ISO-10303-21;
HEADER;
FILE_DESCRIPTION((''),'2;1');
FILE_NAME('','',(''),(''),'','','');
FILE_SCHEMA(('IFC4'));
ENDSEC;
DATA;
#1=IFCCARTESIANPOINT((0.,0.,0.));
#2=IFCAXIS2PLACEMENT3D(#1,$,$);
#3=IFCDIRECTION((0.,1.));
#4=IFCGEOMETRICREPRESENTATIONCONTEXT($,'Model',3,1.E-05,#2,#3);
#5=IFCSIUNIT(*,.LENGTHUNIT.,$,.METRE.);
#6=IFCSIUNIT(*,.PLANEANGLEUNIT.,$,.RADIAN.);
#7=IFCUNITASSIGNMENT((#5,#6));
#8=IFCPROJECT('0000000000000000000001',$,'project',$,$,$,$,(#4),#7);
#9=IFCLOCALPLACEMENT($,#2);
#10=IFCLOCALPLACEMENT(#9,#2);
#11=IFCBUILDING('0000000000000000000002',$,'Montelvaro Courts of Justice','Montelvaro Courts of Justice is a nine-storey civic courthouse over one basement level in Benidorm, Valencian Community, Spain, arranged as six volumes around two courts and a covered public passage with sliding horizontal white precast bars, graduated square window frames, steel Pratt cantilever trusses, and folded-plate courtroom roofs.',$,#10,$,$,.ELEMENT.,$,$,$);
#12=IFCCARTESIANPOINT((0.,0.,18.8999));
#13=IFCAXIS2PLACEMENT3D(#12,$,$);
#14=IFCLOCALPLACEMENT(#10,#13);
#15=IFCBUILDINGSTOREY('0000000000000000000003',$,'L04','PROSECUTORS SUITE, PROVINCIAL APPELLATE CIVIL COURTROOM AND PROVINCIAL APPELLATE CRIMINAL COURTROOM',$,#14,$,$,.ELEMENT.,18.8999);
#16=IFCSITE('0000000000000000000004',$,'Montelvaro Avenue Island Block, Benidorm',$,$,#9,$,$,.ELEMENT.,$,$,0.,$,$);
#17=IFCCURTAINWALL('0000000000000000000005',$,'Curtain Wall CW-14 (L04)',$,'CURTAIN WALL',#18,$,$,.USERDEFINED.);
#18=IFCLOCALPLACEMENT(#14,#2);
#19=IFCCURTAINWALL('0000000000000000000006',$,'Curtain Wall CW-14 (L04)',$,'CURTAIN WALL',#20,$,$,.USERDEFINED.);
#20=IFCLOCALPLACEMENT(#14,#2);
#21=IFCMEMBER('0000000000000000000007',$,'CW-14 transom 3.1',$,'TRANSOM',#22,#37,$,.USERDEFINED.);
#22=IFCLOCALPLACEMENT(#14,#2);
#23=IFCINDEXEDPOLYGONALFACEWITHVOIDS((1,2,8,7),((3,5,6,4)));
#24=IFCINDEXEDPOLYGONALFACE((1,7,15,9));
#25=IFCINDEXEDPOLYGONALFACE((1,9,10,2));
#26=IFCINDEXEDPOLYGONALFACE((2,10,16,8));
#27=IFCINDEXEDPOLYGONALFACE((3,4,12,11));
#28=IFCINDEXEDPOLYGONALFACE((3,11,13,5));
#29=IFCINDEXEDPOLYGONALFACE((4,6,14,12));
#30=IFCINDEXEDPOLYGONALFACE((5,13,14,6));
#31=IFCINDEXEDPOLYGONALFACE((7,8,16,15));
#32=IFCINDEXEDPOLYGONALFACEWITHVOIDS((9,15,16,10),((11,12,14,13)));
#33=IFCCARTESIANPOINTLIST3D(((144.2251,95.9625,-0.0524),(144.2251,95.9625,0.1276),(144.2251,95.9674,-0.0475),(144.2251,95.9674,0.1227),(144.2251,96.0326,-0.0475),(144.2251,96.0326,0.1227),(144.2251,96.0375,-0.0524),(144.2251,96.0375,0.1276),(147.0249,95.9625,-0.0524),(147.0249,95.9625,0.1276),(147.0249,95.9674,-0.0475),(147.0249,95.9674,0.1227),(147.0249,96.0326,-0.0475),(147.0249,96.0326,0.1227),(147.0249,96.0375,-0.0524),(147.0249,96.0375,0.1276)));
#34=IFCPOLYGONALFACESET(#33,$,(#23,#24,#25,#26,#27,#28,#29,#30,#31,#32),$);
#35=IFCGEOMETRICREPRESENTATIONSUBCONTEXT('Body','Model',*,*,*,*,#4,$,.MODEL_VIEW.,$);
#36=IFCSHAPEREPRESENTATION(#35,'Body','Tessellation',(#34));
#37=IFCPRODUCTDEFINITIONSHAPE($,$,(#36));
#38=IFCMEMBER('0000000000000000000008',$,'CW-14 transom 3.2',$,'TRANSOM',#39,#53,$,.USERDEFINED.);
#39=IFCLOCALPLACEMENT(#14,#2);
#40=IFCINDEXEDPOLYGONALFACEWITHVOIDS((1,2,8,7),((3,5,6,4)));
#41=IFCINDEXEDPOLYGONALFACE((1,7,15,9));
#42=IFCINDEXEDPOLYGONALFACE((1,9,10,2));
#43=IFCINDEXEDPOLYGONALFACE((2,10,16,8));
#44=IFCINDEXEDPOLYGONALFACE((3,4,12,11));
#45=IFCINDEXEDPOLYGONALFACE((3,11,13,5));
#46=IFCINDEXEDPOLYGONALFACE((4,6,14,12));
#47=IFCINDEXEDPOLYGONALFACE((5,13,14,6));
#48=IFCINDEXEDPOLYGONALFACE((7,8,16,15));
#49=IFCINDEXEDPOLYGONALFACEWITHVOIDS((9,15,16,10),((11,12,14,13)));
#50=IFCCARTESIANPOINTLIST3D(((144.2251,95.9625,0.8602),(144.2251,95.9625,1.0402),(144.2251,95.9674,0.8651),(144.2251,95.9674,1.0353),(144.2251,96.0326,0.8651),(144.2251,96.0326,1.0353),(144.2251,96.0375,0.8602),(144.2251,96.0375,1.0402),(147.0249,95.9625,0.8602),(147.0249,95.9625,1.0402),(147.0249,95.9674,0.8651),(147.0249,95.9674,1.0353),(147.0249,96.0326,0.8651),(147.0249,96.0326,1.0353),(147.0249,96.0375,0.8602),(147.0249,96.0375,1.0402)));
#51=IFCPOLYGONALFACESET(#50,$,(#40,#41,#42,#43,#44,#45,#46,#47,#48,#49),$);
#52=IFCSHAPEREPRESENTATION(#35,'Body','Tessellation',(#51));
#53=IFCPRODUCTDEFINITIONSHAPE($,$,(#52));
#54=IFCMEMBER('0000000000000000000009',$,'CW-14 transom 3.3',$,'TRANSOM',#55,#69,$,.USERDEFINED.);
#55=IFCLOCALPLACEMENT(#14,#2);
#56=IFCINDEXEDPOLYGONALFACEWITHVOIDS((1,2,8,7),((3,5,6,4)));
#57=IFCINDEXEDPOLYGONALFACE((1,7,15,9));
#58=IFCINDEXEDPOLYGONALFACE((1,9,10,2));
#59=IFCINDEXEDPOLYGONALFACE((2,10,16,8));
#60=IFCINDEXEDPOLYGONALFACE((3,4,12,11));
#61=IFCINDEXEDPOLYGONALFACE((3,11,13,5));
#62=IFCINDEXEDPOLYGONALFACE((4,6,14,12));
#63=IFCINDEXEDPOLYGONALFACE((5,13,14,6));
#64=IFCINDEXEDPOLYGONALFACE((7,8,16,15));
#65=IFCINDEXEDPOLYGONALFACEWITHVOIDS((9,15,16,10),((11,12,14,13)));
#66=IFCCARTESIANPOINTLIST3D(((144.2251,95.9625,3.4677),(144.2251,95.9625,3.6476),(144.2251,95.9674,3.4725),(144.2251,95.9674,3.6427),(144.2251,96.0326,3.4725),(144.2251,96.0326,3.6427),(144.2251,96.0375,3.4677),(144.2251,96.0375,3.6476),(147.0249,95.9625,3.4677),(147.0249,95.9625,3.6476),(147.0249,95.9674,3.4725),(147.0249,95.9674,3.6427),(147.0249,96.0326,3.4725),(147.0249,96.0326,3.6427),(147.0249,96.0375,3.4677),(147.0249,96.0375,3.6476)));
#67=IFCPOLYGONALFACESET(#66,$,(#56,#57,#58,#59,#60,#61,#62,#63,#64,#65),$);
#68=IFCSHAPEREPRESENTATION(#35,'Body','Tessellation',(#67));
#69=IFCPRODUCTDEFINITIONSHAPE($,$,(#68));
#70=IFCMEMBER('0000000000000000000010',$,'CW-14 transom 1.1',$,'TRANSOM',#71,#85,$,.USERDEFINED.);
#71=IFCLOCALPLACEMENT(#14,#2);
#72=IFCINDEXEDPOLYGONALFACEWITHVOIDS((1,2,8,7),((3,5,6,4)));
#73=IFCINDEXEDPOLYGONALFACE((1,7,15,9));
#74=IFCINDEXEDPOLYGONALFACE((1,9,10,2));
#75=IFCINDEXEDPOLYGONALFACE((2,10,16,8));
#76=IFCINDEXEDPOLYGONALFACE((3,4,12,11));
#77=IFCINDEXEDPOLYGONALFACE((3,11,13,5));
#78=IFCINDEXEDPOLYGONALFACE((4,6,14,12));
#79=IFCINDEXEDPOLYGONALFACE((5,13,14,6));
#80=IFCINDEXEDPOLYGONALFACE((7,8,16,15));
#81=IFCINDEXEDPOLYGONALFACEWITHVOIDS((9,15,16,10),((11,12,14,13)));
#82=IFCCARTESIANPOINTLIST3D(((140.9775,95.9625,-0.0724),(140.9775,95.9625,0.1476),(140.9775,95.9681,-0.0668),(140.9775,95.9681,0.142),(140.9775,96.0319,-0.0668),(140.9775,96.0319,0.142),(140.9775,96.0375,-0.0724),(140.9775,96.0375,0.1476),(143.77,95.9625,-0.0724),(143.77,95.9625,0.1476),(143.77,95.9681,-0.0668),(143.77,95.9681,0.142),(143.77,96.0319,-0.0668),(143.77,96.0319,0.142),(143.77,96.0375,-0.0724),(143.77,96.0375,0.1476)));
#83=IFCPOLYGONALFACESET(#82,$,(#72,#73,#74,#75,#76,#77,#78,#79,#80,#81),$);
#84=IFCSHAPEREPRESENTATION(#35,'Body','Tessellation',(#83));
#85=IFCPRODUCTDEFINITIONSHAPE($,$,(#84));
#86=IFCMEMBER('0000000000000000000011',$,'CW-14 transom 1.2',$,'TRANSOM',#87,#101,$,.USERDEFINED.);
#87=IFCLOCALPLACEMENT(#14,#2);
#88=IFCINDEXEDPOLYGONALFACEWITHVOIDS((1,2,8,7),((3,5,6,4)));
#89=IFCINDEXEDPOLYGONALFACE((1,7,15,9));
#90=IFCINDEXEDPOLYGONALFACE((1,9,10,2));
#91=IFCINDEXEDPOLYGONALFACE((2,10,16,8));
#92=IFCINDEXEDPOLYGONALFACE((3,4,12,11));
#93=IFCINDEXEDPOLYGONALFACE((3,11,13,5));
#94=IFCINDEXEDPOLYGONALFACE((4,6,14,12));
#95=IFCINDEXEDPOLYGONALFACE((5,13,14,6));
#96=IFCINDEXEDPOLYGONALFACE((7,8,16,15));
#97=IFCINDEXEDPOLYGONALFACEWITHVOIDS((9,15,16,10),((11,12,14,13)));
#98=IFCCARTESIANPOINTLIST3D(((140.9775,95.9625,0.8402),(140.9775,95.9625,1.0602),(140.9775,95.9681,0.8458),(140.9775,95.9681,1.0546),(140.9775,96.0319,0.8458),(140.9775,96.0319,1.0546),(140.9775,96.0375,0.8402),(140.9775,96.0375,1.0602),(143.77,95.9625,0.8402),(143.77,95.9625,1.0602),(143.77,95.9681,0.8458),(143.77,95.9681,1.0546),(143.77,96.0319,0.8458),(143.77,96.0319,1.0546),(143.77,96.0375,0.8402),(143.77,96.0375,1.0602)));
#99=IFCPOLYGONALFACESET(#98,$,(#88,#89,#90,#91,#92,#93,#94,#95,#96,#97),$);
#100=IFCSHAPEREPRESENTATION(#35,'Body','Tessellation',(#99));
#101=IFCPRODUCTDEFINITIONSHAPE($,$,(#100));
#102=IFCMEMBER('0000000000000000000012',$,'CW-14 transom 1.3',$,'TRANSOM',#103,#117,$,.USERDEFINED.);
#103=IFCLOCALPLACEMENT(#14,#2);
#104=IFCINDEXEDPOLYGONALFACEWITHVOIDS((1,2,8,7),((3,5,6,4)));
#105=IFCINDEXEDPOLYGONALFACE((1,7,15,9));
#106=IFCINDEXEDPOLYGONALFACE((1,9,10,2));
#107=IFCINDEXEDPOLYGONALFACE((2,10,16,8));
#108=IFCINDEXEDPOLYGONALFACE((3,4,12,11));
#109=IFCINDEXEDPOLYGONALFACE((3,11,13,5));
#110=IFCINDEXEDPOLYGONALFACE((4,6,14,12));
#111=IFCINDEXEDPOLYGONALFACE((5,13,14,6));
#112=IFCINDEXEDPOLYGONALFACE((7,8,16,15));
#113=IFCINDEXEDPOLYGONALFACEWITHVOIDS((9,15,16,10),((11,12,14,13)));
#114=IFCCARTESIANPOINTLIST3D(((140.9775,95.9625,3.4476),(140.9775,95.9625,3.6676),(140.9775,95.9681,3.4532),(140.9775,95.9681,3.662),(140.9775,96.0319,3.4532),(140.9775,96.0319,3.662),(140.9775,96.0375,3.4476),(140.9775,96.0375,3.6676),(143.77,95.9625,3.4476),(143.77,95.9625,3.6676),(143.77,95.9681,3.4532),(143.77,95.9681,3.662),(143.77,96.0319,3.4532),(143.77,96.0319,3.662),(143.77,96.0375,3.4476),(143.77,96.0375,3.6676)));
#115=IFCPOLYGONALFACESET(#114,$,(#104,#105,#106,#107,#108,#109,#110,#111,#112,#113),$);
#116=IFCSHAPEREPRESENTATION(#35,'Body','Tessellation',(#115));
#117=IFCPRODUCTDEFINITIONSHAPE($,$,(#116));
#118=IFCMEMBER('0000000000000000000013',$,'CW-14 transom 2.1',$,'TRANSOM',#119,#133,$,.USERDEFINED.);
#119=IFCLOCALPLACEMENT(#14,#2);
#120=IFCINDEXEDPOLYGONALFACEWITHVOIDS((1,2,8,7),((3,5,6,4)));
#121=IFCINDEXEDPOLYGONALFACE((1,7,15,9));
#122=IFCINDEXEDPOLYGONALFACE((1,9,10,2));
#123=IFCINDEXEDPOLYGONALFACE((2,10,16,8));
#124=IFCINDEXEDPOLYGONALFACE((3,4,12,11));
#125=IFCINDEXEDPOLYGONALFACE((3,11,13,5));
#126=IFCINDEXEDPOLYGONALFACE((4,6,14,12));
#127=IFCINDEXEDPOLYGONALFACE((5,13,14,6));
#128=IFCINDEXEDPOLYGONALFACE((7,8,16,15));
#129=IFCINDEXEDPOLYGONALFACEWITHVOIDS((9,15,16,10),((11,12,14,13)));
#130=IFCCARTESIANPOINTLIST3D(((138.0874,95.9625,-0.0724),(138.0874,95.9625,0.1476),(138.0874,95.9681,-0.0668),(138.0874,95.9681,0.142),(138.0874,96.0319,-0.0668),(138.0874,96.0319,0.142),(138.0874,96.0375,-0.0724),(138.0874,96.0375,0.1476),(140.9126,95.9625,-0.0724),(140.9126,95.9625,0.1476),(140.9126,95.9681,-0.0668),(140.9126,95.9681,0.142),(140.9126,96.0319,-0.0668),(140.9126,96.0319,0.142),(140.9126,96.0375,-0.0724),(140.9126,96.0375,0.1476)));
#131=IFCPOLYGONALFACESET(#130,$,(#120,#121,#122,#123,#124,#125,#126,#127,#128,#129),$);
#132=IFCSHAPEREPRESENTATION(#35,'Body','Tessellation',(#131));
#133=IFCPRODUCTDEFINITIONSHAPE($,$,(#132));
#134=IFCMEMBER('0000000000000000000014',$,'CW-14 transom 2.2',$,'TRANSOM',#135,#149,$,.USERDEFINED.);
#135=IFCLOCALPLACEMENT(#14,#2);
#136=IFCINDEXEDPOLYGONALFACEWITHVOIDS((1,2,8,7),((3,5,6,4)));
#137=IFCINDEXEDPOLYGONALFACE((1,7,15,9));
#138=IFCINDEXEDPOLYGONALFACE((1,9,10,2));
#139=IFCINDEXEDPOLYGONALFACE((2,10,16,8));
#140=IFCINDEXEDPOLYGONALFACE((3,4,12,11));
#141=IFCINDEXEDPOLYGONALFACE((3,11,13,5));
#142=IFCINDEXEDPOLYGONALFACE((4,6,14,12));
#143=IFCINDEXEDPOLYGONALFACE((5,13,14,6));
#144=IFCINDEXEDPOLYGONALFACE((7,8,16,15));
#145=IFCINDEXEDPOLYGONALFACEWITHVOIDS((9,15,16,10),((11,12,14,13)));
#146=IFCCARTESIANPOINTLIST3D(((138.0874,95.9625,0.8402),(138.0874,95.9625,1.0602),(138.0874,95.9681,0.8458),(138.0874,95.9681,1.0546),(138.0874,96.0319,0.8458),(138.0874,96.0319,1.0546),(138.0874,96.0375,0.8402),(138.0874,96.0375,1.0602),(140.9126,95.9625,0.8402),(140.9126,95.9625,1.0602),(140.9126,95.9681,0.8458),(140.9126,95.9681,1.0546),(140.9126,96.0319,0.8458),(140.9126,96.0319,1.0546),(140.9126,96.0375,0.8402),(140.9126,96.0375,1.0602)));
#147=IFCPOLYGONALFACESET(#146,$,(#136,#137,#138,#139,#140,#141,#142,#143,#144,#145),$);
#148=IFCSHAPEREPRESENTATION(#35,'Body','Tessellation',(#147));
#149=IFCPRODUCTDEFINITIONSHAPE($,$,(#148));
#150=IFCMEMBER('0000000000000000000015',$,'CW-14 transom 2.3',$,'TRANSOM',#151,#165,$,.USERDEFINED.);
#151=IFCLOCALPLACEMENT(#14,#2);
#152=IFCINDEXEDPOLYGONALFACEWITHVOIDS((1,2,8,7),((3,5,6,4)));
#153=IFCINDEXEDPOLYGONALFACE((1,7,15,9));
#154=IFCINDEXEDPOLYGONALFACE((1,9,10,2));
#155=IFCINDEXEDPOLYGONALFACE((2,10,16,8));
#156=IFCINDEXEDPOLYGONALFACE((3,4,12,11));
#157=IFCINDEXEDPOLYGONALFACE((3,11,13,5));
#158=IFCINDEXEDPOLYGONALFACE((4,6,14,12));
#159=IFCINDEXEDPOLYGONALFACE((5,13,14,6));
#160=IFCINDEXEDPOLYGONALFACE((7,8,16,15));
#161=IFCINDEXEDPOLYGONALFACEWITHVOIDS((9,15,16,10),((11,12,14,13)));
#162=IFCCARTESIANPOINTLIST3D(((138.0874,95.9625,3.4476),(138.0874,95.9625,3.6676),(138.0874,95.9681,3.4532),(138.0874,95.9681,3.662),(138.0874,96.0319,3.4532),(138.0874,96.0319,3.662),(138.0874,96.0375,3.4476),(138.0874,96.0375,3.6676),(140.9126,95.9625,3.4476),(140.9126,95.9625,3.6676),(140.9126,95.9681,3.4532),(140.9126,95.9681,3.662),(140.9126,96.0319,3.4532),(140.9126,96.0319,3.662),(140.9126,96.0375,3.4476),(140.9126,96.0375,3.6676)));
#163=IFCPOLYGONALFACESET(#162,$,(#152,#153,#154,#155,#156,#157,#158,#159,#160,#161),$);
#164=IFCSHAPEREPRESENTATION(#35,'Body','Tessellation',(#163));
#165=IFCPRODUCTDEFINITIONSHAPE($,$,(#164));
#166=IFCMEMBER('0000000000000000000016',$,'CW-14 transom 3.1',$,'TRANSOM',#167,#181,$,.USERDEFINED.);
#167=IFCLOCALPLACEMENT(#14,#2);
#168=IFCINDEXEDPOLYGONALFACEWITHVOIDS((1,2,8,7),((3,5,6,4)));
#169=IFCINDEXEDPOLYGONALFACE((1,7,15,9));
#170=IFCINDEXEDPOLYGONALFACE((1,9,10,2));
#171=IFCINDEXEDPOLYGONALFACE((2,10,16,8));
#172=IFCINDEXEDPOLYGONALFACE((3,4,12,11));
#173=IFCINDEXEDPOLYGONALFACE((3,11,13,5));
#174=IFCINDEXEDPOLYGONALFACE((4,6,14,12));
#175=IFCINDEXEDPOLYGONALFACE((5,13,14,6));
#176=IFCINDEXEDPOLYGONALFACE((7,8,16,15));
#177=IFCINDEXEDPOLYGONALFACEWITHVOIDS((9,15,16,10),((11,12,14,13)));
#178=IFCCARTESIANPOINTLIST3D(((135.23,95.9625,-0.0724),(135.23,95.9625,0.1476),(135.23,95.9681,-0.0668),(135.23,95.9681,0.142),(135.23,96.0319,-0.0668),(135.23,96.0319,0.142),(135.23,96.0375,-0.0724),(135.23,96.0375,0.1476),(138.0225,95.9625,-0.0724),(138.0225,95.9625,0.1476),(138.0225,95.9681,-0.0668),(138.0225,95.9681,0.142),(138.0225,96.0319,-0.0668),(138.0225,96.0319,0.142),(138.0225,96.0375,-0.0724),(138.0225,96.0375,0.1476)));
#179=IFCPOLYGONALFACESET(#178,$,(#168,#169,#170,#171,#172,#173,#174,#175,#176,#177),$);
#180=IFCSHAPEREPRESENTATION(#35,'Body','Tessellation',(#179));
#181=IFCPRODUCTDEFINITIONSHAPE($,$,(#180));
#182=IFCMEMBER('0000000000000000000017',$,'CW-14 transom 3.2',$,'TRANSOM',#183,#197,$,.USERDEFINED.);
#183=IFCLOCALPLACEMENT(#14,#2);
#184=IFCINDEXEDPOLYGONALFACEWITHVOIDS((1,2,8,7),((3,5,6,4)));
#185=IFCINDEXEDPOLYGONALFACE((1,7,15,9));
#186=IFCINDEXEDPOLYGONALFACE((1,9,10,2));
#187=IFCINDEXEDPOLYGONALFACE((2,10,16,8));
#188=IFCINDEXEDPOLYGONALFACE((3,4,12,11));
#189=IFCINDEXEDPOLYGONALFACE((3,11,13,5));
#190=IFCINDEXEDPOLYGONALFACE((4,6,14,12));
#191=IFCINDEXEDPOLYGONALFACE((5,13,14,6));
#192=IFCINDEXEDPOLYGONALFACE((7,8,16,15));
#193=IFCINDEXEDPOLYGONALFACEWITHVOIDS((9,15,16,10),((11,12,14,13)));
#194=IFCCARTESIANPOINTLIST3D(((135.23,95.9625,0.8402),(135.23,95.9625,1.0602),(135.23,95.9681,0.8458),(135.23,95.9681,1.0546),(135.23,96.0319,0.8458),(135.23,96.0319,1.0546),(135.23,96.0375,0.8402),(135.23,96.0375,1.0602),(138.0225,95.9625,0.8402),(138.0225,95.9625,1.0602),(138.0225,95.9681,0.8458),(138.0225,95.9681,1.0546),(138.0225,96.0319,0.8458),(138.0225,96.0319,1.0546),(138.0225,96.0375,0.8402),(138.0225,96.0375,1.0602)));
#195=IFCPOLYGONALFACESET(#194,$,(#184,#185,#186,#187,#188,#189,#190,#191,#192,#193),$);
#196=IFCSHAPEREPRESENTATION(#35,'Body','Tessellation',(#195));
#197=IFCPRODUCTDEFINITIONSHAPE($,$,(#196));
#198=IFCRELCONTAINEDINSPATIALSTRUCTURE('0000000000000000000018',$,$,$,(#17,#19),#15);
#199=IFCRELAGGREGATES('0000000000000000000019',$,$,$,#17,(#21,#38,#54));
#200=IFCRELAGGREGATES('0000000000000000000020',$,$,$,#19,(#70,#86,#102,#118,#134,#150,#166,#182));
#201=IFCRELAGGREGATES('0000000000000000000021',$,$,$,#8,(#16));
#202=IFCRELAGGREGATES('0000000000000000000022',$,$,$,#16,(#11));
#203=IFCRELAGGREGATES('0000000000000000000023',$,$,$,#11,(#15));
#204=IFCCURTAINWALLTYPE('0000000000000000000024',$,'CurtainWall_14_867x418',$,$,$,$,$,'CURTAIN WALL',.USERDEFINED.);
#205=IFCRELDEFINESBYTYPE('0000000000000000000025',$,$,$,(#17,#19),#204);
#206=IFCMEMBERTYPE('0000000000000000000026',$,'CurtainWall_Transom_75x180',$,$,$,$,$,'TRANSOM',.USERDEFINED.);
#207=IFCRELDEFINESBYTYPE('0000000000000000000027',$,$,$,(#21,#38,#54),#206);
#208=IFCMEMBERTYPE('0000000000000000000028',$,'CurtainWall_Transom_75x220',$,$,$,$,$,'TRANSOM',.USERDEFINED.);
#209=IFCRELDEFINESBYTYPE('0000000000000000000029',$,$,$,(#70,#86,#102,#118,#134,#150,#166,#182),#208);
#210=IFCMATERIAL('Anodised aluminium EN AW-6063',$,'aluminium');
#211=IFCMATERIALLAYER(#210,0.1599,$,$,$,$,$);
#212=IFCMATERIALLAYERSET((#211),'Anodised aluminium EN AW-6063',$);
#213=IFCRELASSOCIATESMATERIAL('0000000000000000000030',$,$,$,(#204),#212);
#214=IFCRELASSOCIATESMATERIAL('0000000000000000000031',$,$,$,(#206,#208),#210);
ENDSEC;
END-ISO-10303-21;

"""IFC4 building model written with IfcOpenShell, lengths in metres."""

from ifc_helpers import new_model, si_unit, direction, frame, origin, origin_2d, place, context, subcontext, project, spatial, hollow_rectangle, extrude, material, layer, layer_set, material_profile, profile_set, type_object, element, aggregate, save


model = new_model("IFC4")

# Units and contexts
model_context = context("Model", 3, precision=1e-05, world=origin(), true_north=direction((0.0, 1.0)))
body_context = subcontext(model_context, "Body", "Model", "MODEL_VIEW")
ifc_project = project(units=[si_unit("LENGTHUNIT", "METRE"), si_unit("PLANEANGLEUNIT", "RADIAN")], contexts=[model_context])

# Site, building, storey
site_placement = place(None, origin())
site = spatial("IfcSite", under=ifc_project, at=site_placement, Name="Montelvaro Avenue Island Block, Benidorm", CompositionType="ELEMENT", RefElevation=0.0)
building_placement = place(site_placement, origin())
building = spatial("IfcBuilding", under=site, at=building_placement, Name="Montelvaro Courts of Justice", Description="Montelvaro Courts of Justice is a nine-storey civic courthouse over one basement level in Benidorm, Valencian Community, Spain, arranged as six volumes around two courts and a covered public passage with sliding horizontal white precast bars, graduated square window frames, steel Pratt cantilever trusses, and folded-plate courtroom roofs.", CompositionType="ELEMENT")
storey_placement = place(building_placement, frame((0.0, 0.0, 18.8999)))
storey = spatial("IfcBuildingStorey", under=building, at=storey_placement, Name="L04", Description="PROSECUTORS SUITE, PROVINCIAL APPELLATE CIVIL COURTROOM AND PROVINCIAL APPELLATE CRIMINAL COURTROOM", CompositionType="ELEMENT", Elevation=18.8999)

# Curtain walls
ifc_material_1 = material(Name="Anodised aluminium EN AW-6063", Category="aluminium")
ifc_layer_1 = layer(ifc_material_1, 0.1599)
ifc_layer_set_1 = layer_set([ifc_layer_1], Name="Anodised aluminium EN AW-6063")
curtain_wall_type_1 = type_object("IfcCurtainWallType", Name="CurtainWall_14_867x418", ElementType="CURTAIN WALL", PredefinedType="USERDEFINED", material=ifc_layer_set_1)
curtain_wall_1_placement = place(storey_placement, origin())
curtain_wall_1 = element("IfcCurtainWall", 1, at=curtain_wall_1_placement, inside=storey, type_object=curtain_wall_type_1, Name="Curtain Wall CW-14 (L04)", ObjectType="CURTAIN WALL", PredefinedType="USERDEFINED")
curtain_wall_2_placement = place(storey_placement, origin())
curtain_wall_2 = element("IfcCurtainWall", 2, at=curtain_wall_2_placement, inside=storey, type_object=curtain_wall_type_1, Name="Curtain Wall CW-14 (L04)", ObjectType="CURTAIN WALL", PredefinedType="USERDEFINED")

# Members
ifc_material_profile_1 = material_profile(ifc_material_1, hollow_rectangle(XDim=0.075, YDim=0.1799, WallThickness=0.0049, at=origin_2d()), Name="ALU-T 75x180")
ifc_profile_set_1 = profile_set([ifc_material_profile_1], Name="Anodised aluminium EN AW-6063")
member_type_1 = type_object("IfcMemberType", Name="CurtainWall_Transom_75x180", ElementType="TRANSOM", PredefinedType="USERDEFINED", material=ifc_profile_set_1)
member_1_placement = place(storey_placement, frame((147.0249, 96.0, 0.0376), z_axis=(-1.0, 0.0, 0.0), x_axis=(0.0, -1.0, 0.0)))
member_1 = element("IfcMember", 3, at=member_1_placement, type_object=member_type_1, Name="CW-14 transom 3.1", ObjectType="TRANSOM", PredefinedType="USERDEFINED", context=body_context, shape_type="SweptSolid", body=[
    extrude(hollow_rectangle(XDim=0.075, YDim=0.1799, WallThickness=0.0049, at=origin_2d()), origin(), (0.0, 0.0, 1.0), 2.7998),
])
member_2_placement = place(storey_placement, frame((147.0249, 96.0, 0.9502), z_axis=(-1.0, 0.0, 0.0), x_axis=(0.0, -1.0, 0.0)))
member_2 = element("IfcMember", 4, at=member_2_placement, type_object=member_type_1, Name="CW-14 transom 3.2", ObjectType="TRANSOM", PredefinedType="USERDEFINED", context=body_context, shape_type="SweptSolid", body=[
    extrude(hollow_rectangle(XDim=0.075, YDim=0.1799, WallThickness=0.0049, at=origin_2d()), origin(), (0.0, 0.0, 1.0), 2.7998),
])
member_3_placement = place(storey_placement, frame((147.0249, 96.0, 3.5576), z_axis=(-1.0, 0.0, 0.0), x_axis=(0.0, -1.0, 0.0)))
member_3 = element("IfcMember", 5, at=member_3_placement, type_object=member_type_1, Name="CW-14 transom 3.3", ObjectType="TRANSOM", PredefinedType="USERDEFINED", context=body_context, shape_type="SweptSolid", body=[
    extrude(hollow_rectangle(XDim=0.075, YDim=0.1799, WallThickness=0.0049, at=origin_2d()), origin(), (0.0, 0.0, 1.0), 2.7998),
])
ifc_material_profile_2 = material_profile(ifc_material_1, hollow_rectangle(XDim=0.075, YDim=0.22, WallThickness=0.0056, at=origin_2d()), Name="ALU-T 75x220")
ifc_profile_set_2 = profile_set([ifc_material_profile_2], Name="Anodised aluminium EN AW-6063")
member_type_2 = type_object("IfcMemberType", Name="CurtainWall_Transom_75x220", ElementType="TRANSOM", PredefinedType="USERDEFINED", material=ifc_profile_set_2)
member_4_placement = place(storey_placement, frame((143.77, 96.0, 0.0376), z_axis=(-1.0, 0.0, 0.0), x_axis=(0.0, -1.0, 0.0)))
member_4 = element("IfcMember", 6, at=member_4_placement, type_object=member_type_2, Name="CW-14 transom 1.1", ObjectType="TRANSOM", PredefinedType="USERDEFINED", context=body_context, shape_type="SweptSolid", body=[
    extrude(hollow_rectangle(XDim=0.075, YDim=0.22, WallThickness=0.0056, at=origin_2d()), origin(), (0.0, 0.0, 1.0), 2.7925),
])
member_5_placement = place(storey_placement, frame((143.77, 96.0, 0.9502), z_axis=(-1.0, 0.0, 0.0), x_axis=(0.0, -1.0, 0.0)))
member_5 = element("IfcMember", 7, at=member_5_placement, type_object=member_type_2, Name="CW-14 transom 1.2", ObjectType="TRANSOM", PredefinedType="USERDEFINED", context=body_context, shape_type="SweptSolid", body=[
    extrude(hollow_rectangle(XDim=0.075, YDim=0.22, WallThickness=0.0056, at=origin_2d()), origin(), (0.0, 0.0, 1.0), 2.7925),
])
member_6_placement = place(storey_placement, frame((143.77, 96.0, 3.5576), z_axis=(-1.0, 0.0, 0.0), x_axis=(0.0, -1.0, 0.0)))
member_6 = element("IfcMember", 8, at=member_6_placement, type_object=member_type_2, Name="CW-14 transom 1.3", ObjectType="TRANSOM", PredefinedType="USERDEFINED", context=body_context, shape_type="SweptSolid", body=[
    extrude(hollow_rectangle(XDim=0.075, YDim=0.22, WallThickness=0.0056, at=origin_2d()), origin(), (0.0, 0.0, 1.0), 2.7925),
])
member_7_placement = place(storey_placement, frame((140.9126, 96.0, 0.0376), z_axis=(-1.0, 0.0, 0.0), x_axis=(0.0, -1.0, 0.0)))
member_7 = element("IfcMember", 9, at=member_7_placement, type_object=member_type_2, Name="CW-14 transom 2.1", ObjectType="TRANSOM", PredefinedType="USERDEFINED", context=body_context, shape_type="SweptSolid", body=[
    extrude(hollow_rectangle(XDim=0.075, YDim=0.22, WallThickness=0.0056, at=origin_2d()), origin(), (0.0, 0.0, 1.0), 2.8252),
])
member_8_placement = place(storey_placement, frame((140.9126, 96.0, 0.9502), z_axis=(-1.0, 0.0, 0.0), x_axis=(0.0, -1.0, 0.0)))
member_8 = element("IfcMember", 10, at=member_8_placement, type_object=member_type_2, Name="CW-14 transom 2.2", ObjectType="TRANSOM", PredefinedType="USERDEFINED", context=body_context, shape_type="SweptSolid", body=[
    extrude(hollow_rectangle(XDim=0.075, YDim=0.22, WallThickness=0.0056, at=origin_2d()), origin(), (0.0, 0.0, 1.0), 2.8252),
])
member_9_placement = place(storey_placement, frame((140.9126, 96.0, 3.5576), z_axis=(-1.0, 0.0, 0.0), x_axis=(0.0, -1.0, 0.0)))
member_9 = element("IfcMember", 11, at=member_9_placement, type_object=member_type_2, Name="CW-14 transom 2.3", ObjectType="TRANSOM", PredefinedType="USERDEFINED", context=body_context, shape_type="SweptSolid", body=[
    extrude(hollow_rectangle(XDim=0.075, YDim=0.22, WallThickness=0.0056, at=origin_2d()), origin(), (0.0, 0.0, 1.0), 2.8252),
])
member_10_placement = place(storey_placement, frame((138.0225, 96.0, 0.0376), z_axis=(-1.0, 0.0, 0.0), x_axis=(0.0, -1.0, 0.0)))
member_10 = element("IfcMember", 12, at=member_10_placement, type_object=member_type_2, Name="CW-14 transom 3.1", ObjectType="TRANSOM", PredefinedType="USERDEFINED", context=body_context, shape_type="SweptSolid", body=[
    extrude(hollow_rectangle(XDim=0.075, YDim=0.22, WallThickness=0.0056, at=origin_2d()), origin(), (0.0, 0.0, 1.0), 2.7925),
])
member_11_placement = place(storey_placement, frame((138.0225, 96.0, 0.9502), z_axis=(-1.0, 0.0, 0.0), x_axis=(0.0, -1.0, 0.0)))
member_11 = element("IfcMember", 13, at=member_11_placement, type_object=member_type_2, Name="CW-14 transom 3.2", ObjectType="TRANSOM", PredefinedType="USERDEFINED", context=body_context, shape_type="SweptSolid", body=[
    extrude(hollow_rectangle(XDim=0.075, YDim=0.22, WallThickness=0.0056, at=origin_2d()), origin(), (0.0, 0.0, 1.0), 2.7925),
])

aggregate(curtain_wall_1, [member_1, member_2, member_3])
aggregate(curtain_wall_2, [member_4, member_5, member_6, member_7, member_8, member_9, member_10, member_11])

save(model, "model.ifc")
